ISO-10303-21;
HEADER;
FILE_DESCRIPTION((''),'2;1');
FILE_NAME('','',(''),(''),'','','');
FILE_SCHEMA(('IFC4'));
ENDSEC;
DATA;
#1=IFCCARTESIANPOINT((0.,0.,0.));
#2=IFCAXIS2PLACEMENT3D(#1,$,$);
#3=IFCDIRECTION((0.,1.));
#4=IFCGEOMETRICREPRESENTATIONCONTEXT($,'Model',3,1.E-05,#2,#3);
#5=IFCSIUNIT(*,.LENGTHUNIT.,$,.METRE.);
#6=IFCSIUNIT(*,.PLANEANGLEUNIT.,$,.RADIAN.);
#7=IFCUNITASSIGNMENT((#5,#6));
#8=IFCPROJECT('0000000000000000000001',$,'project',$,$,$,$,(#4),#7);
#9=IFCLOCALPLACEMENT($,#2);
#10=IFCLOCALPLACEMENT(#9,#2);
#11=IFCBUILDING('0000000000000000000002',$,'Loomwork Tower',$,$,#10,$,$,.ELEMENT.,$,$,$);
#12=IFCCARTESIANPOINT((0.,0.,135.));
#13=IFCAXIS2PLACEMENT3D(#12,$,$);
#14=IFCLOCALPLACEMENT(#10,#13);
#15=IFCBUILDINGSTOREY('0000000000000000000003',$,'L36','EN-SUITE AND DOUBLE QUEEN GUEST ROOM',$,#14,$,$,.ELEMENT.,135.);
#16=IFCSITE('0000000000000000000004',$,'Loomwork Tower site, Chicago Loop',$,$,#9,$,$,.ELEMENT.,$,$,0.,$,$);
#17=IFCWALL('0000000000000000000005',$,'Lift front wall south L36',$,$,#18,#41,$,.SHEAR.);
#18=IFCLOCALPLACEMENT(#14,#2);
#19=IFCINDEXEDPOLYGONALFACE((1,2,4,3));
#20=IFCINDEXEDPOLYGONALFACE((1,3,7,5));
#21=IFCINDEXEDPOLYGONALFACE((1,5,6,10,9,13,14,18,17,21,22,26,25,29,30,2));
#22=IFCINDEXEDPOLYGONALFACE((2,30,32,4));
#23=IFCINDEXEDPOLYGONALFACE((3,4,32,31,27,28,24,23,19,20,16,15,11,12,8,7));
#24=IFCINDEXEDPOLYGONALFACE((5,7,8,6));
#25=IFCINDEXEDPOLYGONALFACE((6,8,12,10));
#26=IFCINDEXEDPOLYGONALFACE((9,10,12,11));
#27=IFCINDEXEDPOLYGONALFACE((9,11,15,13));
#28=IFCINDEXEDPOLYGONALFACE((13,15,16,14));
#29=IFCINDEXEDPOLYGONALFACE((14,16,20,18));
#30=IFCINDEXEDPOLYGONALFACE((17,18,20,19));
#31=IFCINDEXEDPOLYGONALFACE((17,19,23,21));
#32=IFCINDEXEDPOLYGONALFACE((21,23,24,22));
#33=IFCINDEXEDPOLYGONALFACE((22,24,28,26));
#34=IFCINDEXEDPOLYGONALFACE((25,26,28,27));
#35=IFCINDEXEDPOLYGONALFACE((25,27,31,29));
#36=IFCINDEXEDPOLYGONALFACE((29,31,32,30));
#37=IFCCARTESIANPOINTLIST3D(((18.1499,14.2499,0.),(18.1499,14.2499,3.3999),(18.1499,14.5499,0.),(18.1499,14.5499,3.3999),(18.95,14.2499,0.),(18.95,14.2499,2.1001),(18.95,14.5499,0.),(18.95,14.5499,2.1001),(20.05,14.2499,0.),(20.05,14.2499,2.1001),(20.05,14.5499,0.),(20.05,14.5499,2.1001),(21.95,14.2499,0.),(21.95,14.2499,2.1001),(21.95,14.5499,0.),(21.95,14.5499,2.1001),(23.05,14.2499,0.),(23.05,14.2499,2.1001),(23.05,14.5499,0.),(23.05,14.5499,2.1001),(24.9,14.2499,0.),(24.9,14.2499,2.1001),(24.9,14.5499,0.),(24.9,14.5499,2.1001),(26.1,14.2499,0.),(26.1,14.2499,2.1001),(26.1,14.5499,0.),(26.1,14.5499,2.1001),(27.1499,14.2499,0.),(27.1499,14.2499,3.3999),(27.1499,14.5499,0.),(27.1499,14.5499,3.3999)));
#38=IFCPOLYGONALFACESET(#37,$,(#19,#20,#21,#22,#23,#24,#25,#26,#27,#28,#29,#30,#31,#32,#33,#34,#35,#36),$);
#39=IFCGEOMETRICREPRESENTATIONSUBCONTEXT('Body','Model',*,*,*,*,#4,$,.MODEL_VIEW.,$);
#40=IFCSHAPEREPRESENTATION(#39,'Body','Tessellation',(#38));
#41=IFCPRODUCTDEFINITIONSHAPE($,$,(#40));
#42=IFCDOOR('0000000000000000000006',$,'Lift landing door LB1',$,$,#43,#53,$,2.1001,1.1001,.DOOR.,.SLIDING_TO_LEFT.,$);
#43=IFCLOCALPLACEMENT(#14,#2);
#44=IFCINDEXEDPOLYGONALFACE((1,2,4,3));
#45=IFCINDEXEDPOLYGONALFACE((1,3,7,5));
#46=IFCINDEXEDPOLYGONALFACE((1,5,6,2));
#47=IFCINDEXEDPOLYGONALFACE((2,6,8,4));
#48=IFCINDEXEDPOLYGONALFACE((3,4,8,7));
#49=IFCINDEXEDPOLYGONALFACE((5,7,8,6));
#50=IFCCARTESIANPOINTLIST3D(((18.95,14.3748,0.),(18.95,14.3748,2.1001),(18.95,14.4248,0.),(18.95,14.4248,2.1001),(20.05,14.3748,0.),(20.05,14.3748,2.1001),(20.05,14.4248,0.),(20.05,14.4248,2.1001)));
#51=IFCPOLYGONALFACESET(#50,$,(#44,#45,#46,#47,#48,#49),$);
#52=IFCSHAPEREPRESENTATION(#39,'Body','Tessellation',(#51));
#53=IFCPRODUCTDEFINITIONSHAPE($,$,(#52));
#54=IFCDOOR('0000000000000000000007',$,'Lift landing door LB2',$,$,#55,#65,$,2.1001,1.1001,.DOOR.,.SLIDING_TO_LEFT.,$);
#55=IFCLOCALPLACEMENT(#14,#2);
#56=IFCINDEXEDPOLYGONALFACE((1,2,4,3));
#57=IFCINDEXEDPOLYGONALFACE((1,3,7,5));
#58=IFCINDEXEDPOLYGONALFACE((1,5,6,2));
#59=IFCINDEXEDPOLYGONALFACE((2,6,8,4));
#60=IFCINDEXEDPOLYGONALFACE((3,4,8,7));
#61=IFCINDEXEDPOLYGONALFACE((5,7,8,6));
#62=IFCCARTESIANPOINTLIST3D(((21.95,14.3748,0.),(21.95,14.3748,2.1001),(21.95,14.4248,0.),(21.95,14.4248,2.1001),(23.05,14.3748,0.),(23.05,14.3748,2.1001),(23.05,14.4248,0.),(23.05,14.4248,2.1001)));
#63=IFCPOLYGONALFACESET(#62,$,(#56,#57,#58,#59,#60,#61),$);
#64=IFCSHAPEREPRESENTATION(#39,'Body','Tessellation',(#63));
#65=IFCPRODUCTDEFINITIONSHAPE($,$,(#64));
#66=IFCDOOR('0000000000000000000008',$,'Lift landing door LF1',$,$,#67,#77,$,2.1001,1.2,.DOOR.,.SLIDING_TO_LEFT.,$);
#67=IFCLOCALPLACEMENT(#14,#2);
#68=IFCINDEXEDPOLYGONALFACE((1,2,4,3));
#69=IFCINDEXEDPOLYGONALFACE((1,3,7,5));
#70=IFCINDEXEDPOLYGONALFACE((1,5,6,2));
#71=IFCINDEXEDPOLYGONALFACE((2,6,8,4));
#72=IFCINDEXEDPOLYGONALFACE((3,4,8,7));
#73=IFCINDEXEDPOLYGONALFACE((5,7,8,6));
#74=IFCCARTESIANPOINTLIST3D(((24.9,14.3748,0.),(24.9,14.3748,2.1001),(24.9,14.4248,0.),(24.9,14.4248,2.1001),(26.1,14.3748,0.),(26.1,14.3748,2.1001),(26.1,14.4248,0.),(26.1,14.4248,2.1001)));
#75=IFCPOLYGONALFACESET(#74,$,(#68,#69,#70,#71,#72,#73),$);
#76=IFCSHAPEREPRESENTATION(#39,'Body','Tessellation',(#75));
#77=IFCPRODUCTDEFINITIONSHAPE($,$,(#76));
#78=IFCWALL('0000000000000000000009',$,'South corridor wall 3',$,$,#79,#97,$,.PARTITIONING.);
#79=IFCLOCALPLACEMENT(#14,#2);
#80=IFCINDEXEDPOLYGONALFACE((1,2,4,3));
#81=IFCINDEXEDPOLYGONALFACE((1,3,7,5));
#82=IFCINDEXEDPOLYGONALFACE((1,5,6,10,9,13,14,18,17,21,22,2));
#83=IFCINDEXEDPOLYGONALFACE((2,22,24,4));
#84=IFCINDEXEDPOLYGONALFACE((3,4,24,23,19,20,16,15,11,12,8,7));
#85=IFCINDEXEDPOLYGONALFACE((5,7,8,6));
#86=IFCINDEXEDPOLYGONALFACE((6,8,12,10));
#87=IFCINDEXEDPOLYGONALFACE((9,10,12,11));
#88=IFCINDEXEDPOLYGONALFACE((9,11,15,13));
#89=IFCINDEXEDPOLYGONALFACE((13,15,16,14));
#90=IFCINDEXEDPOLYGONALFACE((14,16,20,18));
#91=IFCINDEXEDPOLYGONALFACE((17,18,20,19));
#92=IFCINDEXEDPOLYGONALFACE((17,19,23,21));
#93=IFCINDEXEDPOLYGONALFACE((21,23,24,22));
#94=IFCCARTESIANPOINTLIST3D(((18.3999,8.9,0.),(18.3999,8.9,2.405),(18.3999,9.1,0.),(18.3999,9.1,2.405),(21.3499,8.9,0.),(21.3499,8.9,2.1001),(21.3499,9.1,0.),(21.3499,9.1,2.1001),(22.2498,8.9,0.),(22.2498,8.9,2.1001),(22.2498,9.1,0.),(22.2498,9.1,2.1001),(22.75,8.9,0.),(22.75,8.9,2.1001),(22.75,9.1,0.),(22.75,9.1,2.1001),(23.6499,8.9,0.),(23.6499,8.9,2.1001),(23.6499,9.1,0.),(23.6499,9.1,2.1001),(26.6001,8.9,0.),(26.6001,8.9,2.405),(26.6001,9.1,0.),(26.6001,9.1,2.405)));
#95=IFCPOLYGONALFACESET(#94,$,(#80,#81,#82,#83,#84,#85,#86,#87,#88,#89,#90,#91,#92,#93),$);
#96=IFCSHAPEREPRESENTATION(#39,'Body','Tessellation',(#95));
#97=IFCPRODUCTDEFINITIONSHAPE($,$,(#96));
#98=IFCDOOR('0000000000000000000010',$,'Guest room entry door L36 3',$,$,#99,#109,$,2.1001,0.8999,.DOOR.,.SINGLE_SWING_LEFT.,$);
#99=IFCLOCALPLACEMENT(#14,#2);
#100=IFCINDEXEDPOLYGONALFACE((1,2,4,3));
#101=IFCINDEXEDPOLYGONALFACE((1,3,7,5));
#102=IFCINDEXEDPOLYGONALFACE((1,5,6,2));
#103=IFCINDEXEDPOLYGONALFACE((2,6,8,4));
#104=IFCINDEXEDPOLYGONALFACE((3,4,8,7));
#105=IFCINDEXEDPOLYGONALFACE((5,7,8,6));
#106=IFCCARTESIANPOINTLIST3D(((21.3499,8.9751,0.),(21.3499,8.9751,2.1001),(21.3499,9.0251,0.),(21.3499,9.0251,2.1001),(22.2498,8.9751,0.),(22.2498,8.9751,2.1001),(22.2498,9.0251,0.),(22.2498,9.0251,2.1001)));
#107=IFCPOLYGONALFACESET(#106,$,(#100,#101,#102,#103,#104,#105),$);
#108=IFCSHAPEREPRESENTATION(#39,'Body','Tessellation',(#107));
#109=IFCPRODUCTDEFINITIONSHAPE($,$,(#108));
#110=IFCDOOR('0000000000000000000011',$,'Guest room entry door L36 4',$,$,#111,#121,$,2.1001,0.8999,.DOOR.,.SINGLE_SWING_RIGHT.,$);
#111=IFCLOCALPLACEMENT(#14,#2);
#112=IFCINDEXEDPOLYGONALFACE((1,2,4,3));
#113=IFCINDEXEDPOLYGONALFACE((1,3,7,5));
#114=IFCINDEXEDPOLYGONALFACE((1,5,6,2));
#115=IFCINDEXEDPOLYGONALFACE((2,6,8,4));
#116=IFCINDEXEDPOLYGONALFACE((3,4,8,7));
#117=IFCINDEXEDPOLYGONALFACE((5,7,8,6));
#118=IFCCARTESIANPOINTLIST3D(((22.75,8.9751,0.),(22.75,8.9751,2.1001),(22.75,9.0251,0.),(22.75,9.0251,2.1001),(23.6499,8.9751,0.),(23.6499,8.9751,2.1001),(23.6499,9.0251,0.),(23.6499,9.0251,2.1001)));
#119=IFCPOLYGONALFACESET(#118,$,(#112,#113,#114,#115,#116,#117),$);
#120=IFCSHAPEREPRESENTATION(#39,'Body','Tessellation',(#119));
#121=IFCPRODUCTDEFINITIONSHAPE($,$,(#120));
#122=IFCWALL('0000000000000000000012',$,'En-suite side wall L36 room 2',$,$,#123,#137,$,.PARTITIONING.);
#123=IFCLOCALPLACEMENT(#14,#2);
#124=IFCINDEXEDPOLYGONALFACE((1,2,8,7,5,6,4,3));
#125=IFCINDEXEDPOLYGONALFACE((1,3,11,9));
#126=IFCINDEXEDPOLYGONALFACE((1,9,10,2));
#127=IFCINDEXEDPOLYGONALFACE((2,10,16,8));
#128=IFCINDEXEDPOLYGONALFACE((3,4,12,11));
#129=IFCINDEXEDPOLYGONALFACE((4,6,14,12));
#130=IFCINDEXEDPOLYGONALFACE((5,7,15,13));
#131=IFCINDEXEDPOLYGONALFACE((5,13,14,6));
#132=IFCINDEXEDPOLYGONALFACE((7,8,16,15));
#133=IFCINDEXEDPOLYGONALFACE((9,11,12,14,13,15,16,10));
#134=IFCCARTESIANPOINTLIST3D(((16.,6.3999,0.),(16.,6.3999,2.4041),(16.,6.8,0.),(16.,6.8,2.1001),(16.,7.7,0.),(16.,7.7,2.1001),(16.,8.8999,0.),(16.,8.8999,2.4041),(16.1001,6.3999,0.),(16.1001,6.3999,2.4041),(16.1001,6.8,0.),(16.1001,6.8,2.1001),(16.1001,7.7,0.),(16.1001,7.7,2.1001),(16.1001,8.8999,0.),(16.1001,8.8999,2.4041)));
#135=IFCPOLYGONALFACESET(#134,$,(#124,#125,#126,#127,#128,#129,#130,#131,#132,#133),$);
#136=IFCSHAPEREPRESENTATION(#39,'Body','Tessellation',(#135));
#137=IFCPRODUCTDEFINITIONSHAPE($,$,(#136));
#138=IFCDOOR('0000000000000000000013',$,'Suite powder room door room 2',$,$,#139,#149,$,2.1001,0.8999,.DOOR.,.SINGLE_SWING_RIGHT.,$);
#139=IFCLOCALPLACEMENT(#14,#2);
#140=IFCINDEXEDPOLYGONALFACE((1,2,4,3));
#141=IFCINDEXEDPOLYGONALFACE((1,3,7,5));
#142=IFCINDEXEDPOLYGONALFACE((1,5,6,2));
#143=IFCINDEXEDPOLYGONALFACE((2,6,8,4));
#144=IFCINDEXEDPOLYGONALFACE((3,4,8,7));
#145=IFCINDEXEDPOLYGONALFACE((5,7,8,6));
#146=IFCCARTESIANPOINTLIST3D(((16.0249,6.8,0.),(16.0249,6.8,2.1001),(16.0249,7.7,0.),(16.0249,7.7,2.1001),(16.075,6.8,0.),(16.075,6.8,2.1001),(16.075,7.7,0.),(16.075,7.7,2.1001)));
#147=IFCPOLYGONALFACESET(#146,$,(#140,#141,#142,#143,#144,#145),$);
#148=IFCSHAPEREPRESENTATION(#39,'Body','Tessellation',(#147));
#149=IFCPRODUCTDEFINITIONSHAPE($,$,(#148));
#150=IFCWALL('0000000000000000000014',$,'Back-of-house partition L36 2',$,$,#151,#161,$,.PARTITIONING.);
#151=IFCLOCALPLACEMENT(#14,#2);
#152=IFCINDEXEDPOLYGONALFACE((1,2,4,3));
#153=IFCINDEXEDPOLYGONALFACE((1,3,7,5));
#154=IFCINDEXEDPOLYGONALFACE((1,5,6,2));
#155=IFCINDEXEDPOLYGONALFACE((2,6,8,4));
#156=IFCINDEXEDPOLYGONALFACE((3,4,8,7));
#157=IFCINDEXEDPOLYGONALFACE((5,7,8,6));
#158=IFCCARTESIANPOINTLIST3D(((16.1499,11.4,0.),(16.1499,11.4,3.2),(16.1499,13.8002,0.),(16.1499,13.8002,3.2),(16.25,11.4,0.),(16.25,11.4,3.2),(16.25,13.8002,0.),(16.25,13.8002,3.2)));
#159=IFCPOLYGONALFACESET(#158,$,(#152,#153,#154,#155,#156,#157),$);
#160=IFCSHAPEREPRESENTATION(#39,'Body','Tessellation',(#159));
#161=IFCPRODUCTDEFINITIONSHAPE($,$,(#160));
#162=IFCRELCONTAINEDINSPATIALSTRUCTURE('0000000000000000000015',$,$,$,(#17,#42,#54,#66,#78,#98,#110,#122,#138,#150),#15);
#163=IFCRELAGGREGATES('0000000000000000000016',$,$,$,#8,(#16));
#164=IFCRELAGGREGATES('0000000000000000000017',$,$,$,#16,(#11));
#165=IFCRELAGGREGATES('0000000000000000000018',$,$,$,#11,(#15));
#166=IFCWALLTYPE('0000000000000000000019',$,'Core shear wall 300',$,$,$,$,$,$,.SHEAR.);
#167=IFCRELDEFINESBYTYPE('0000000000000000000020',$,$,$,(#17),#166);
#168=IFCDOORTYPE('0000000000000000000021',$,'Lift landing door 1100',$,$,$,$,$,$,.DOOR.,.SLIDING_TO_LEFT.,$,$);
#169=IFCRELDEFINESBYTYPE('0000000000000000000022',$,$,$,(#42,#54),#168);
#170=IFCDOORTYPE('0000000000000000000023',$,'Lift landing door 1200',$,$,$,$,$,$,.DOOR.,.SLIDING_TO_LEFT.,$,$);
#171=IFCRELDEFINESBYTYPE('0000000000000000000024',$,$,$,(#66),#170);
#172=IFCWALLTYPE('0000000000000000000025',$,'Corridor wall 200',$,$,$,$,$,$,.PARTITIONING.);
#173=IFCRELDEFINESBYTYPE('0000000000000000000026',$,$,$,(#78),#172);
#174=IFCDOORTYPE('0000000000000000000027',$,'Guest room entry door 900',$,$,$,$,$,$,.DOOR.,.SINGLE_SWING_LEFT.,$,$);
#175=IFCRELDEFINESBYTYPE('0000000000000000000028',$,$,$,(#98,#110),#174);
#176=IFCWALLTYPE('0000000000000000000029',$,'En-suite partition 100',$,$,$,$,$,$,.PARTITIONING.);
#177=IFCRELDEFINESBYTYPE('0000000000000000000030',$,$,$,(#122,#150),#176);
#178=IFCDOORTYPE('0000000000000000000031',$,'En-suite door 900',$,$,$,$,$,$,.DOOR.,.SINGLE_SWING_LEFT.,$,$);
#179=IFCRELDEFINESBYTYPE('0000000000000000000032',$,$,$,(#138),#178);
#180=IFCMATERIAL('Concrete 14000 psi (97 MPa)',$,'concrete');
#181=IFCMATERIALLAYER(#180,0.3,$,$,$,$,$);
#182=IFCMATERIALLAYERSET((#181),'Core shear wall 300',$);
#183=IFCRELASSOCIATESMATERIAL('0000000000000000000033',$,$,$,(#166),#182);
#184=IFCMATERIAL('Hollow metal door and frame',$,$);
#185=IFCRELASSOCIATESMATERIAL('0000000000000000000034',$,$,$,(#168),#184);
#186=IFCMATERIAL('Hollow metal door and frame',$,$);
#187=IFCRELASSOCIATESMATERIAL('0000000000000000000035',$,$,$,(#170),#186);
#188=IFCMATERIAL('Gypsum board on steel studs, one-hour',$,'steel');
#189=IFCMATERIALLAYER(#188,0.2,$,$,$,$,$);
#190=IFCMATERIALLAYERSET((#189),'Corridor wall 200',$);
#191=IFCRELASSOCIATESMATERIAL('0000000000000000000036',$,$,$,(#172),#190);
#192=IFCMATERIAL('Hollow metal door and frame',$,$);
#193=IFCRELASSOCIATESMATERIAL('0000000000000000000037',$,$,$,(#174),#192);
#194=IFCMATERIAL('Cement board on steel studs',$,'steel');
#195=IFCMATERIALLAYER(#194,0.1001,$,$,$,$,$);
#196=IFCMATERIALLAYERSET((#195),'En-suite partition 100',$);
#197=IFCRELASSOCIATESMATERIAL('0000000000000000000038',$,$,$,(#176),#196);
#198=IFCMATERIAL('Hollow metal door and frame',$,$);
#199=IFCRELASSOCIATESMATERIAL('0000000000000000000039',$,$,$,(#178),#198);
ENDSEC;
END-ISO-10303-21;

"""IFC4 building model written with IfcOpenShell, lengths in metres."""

from ifc_helpers import new_model, si_unit, direction, frame, frame_2d, origin, place, context, subcontext, project, spatial, rectangle, extrude, material, layer, layer_set, type_object, element, fill, save


model = new_model("IFC4")

# Units and contexts
model_context = context("Model", 3, precision=1e-05, world=origin(), true_north=direction((0.0, 1.0)))
body_context = subcontext(model_context, "Body", "Model", "MODEL_VIEW")
ifc_project = project(units=[si_unit("LENGTHUNIT", "METRE"), si_unit("PLANEANGLEUNIT", "RADIAN")], contexts=[model_context])

# Site, building, storey
site_placement = place(None, origin())
site = spatial("IfcSite", under=ifc_project, at=site_placement, Name="Loomwork Tower site, Chicago Loop", CompositionType="ELEMENT", RefElevation=0.0)
building_placement = place(site_placement, origin())
building = spatial("IfcBuilding", under=site, at=building_placement, Name="Loomwork Tower", CompositionType="ELEMENT")
storey_placement = place(building_placement, frame((0.0, 0.0, 135.0)))
storey = spatial("IfcBuildingStorey", under=building, at=storey_placement, Name="L36", Description="EN-SUITE AND DOUBLE QUEEN GUEST ROOM", CompositionType="ELEMENT", Elevation=135.0)

# Walls, openings, doors
ifc_material_1 = material(Name="Concrete 14000 psi (97 MPa)", Category="concrete")
ifc_layer_1 = layer(ifc_material_1, 0.3)
ifc_layer_set_1 = layer_set([ifc_layer_1], Name="Core shear wall 300")
wall_type_1 = type_object("IfcWallType", Name="Core shear wall 300", PredefinedType="SHEAR", material=ifc_layer_set_1)
wall_1_placement = place(storey_placement, frame((18.1499, 14.3999, 0.0), z_axis=(0.0, 0.0, 1.0), x_axis=(1.0, 0.0, 0.0)))
wall_1 = element("IfcWall", 1, at=wall_1_placement, inside=storey, type_object=wall_type_1, Name="Lift front wall south L36", PredefinedType="SHEAR", context=body_context, shape_type="SweptSolid", body=[
    extrude(rectangle(XDim=9.0, YDim=0.3, at=frame_2d((4.5, 0.0))), origin(), (0.0, 0.0, 1.0), 3.3999),
])
opening_1_placement = place(wall_1_placement, frame((0.8, 0.0, 0.0)))
opening_1 = element("IfcOpeningElement", 2, at=opening_1_placement, cuts=wall_1, PredefinedType="OPENING", context=body_context, shape_type="SweptSolid", body=[
    extrude(rectangle(XDim=1.1001, YDim=2.1001, at=frame_2d((0.55, 1.05))), frame((0.0, 0.1599, 0.0), z_axis=(0.0, -1.0, 0.0), x_axis=(1.0, 0.0, 0.0)), (0.0, 0.0, 1.0), 0.3201),
])
opening_2_placement = place(wall_1_placement, frame((3.8, 0.0, 0.0)))
opening_2 = element("IfcOpeningElement", 3, at=opening_2_placement, cuts=wall_1, PredefinedType="OPENING", context=body_context, shape_type="SweptSolid", body=[
    extrude(rectangle(XDim=1.1001, YDim=2.1001, at=frame_2d((0.55, 1.05))), frame((0.0, 0.1599, 0.0), z_axis=(0.0, -1.0, 0.0), x_axis=(1.0, 0.0, 0.0)), (0.0, 0.0, 1.0), 0.3201),
])
opening_3_placement = place(wall_1_placement, frame((6.75, 0.0, 0.0)))
opening_3 = element("IfcOpeningElement", 4, at=opening_3_placement, cuts=wall_1, PredefinedType="OPENING", context=body_context, shape_type="SweptSolid", body=[
    extrude(rectangle(XDim=1.2, YDim=2.1001, at=frame_2d((0.6001, 1.05))), frame((0.0, 0.1599, 0.0), z_axis=(0.0, -1.0, 0.0), x_axis=(1.0, 0.0, 0.0)), (0.0, 0.0, 1.0), 0.3201),
])
ifc_material_2 = material(Name="Hollow metal door and frame")
door_type_1 = type_object("IfcDoorType", Name="Lift landing door 1100", OperationType="SLIDING_TO_LEFT", PredefinedType="DOOR", material=ifc_material_2)
door_1_placement = place(opening_1_placement, origin())
door_1 = element("IfcDoor", 5, at=door_1_placement, inside=storey, type_object=door_type_1, Name="Lift landing door LB1", OperationType="SLIDING_TO_LEFT", OverallHeight=2.1001, OverallWidth=1.1001, PredefinedType="DOOR", context=body_context, shape_type="SweptSolid", body=[
    extrude(rectangle(XDim=1.1001, YDim=2.1001, at=frame_2d((0.55, 1.05))), frame((0.0, 0.0249, 0.0), z_axis=(0.0, -1.0, 0.0), x_axis=(1.0, 0.0, 0.0)), (0.0, 0.0, 1.0), 0.05),
])
fill(opening_1, door_1)
door_2_placement = place(opening_2_placement, origin())
door_2 = element("IfcDoor", 6, at=door_2_placement, inside=storey, type_object=door_type_1, Name="Lift landing door LB2", OperationType="SLIDING_TO_LEFT", OverallHeight=2.1001, OverallWidth=1.1001, PredefinedType="DOOR", context=body_context, shape_type="SweptSolid", body=[
    extrude(rectangle(XDim=1.1001, YDim=2.1001, at=frame_2d((0.55, 1.05))), frame((0.0, 0.0249, 0.0), z_axis=(0.0, -1.0, 0.0), x_axis=(1.0, 0.0, 0.0)), (0.0, 0.0, 1.0), 0.05),
])
fill(opening_2, door_2)
ifc_material_3 = material(Name="Hollow metal door and frame")
door_type_2 = type_object("IfcDoorType", Name="Lift landing door 1200", OperationType="SLIDING_TO_LEFT", PredefinedType="DOOR", material=ifc_material_3)
door_3_placement = place(opening_3_placement, origin())
door_3 = element("IfcDoor", 7, at=door_3_placement, inside=storey, type_object=door_type_2, Name="Lift landing door LF1", OperationType="SLIDING_TO_LEFT", OverallHeight=2.1001, OverallWidth=1.2, PredefinedType="DOOR", context=body_context, shape_type="SweptSolid", body=[
    extrude(rectangle(XDim=1.2, YDim=2.1001, at=frame_2d((0.6001, 1.05))), frame((0.0, 0.0249, 0.0), z_axis=(0.0, -1.0, 0.0), x_axis=(1.0, 0.0, 0.0)), (0.0, 0.0, 1.0), 0.05),
])
fill(opening_3, door_3)
ifc_material_4 = material(Name="Gypsum board on steel studs, one-hour", Category="steel")
ifc_layer_2 = layer(ifc_material_4, 0.2)
ifc_layer_set_2 = layer_set([ifc_layer_2], Name="Corridor wall 200")
wall_type_2 = type_object("IfcWallType", Name="Corridor wall 200", PredefinedType="PARTITIONING", material=ifc_layer_set_2)
wall_2_placement = place(storey_placement, frame((18.3999, 9.0, 0.0), z_axis=(0.0, 0.0, 1.0), x_axis=(1.0, 0.0, 0.0)))
wall_2 = element("IfcWall", 8, at=wall_2_placement, inside=storey, type_object=wall_type_2, Name="South corridor wall 3", PredefinedType="PARTITIONING", context=body_context, shape_type="SweptSolid", body=[
    extrude(rectangle(XDim=8.2002, YDim=0.2, at=frame_2d((4.1001, 0.0))), origin(), (0.0, 0.0, 1.0), 2.405),
])
opening_4_placement = place(wall_2_placement, frame((2.95, 0.0, 0.0)))
opening_4 = element("IfcOpeningElement", 9, at=opening_4_placement, cuts=wall_2, PredefinedType="OPENING", context=body_context, shape_type="SweptSolid", body=[
    extrude(rectangle(XDim=0.8999, YDim=2.1001, at=frame_2d((0.45, 1.05))), frame((0.0, 0.1099, 0.0), z_axis=(0.0, -1.0, 0.0), x_axis=(1.0, 0.0, 0.0)), (0.0, 0.0, 1.0), 0.22),
])
opening_5_placement = place(wall_2_placement, frame((4.3501, 0.0, 0.0)))
opening_5 = element("IfcOpeningElement", 10, at=opening_5_placement, cuts=wall_2, PredefinedType="OPENING", context=body_context, shape_type="SweptSolid", body=[
    extrude(rectangle(XDim=0.8999, YDim=2.1001, at=frame_2d((0.45, 1.05))), frame((0.0, 0.1099, 0.0), z_axis=(0.0, -1.0, 0.0), x_axis=(1.0, 0.0, 0.0)), (0.0, 0.0, 1.0), 0.22),
])
ifc_material_5 = material(Name="Hollow metal door and frame")
door_type_3 = type_object("IfcDoorType", Name="Guest room entry door 900", OperationType="SINGLE_SWING_LEFT", PredefinedType="DOOR", material=ifc_material_5)
door_4_placement = place(opening_4_placement, frame((0.8999, 0.0, 0.0), z_axis=(0.0, 0.0, 1.0), x_axis=(-1.0, 0.0, 0.0)))
door_4 = element("IfcDoor", 11, at=door_4_placement, inside=storey, type_object=door_type_3, Name="Guest room entry door L36 3", OperationType="SINGLE_SWING_LEFT", OverallHeight=2.1001, OverallWidth=0.8999, PredefinedType="DOOR", context=body_context, shape_type="SweptSolid", body=[
    extrude(rectangle(XDim=0.8999, YDim=2.1001, at=frame_2d((0.45, 1.05))), frame((0.0, 0.0249, 0.0), z_axis=(0.0, -1.0, 0.0), x_axis=(1.0, 0.0, 0.0)), (0.0, 0.0, 1.0), 0.05),
])
fill(opening_4, door_4)
door_5_placement = place(opening_5_placement, frame((0.8999, 0.0, 0.0), z_axis=(0.0, 0.0, 1.0), x_axis=(-1.0, 0.0, 0.0)))
door_5 = element("IfcDoor", 12, at=door_5_placement, inside=storey, type_object=door_type_3, Name="Guest room entry door L36 4", OperationType="SINGLE_SWING_RIGHT", OverallHeight=2.1001, OverallWidth=0.8999, PredefinedType="DOOR", context=body_context, shape_type="SweptSolid", body=[
    extrude(rectangle(XDim=0.8999, YDim=2.1001, at=frame_2d((0.45, 1.05))), frame((0.0, 0.0249, 0.0), z_axis=(0.0, -1.0, 0.0), x_axis=(1.0, 0.0, 0.0)), (0.0, 0.0, 1.0), 0.05),
])
fill(opening_5, door_5)

# Wall, opening, door
ifc_material_6 = material(Name="Cement board on steel studs", Category="steel")
ifc_layer_3 = layer(ifc_material_6, 0.1001)
ifc_layer_set_3 = layer_set([ifc_layer_3], Name="En-suite partition 100")
wall_type_3 = type_object("IfcWallType", Name="En-suite partition 100", PredefinedType="PARTITIONING", material=ifc_layer_set_3)
wall_3_placement = place(storey_placement, frame((16.05, 8.8999, 0.0), z_axis=(0.0, 0.0, 1.0), x_axis=(0.0, -1.0, 0.0)))
wall_3 = element("IfcWall", 13, at=wall_3_placement, inside=storey, type_object=wall_type_3, Name="En-suite side wall L36 room 2", PredefinedType="PARTITIONING", context=body_context, shape_type="SweptSolid", body=[
    extrude(rectangle(XDim=2.5, YDim=0.1001, at=frame_2d((1.25, 0.0))), origin(), (0.0, 0.0, 1.0), 2.4041),
])
opening_6_placement = place(wall_3_placement, frame((1.2, 0.0, 0.0)))
opening_6 = element("IfcOpeningElement", 14, at=opening_6_placement, cuts=wall_3, PredefinedType="OPENING", context=body_context, shape_type="SweptSolid", body=[
    extrude(rectangle(XDim=0.8999, YDim=2.1001, at=frame_2d((0.45, 1.05))), frame((0.0, 0.0601, 0.0), z_axis=(0.0, -1.0, 0.0), x_axis=(1.0, 0.0, 0.0)), (0.0, 0.0, 1.0), 0.1201),
])
ifc_material_7 = material(Name="Hollow metal door and frame")
door_type_4 = type_object("IfcDoorType", Name="En-suite door 900", OperationType="SINGLE_SWING_LEFT", PredefinedType="DOOR", material=ifc_material_7)
door_6_placement = place(opening_6_placement, origin())
door_6 = element("IfcDoor", 15, at=door_6_placement, inside=storey, type_object=door_type_4, Name="Suite powder room door room 2", OperationType="SINGLE_SWING_RIGHT", OverallHeight=2.1001, OverallWidth=0.8999, PredefinedType="DOOR", context=body_context, shape_type="SweptSolid", body=[
    extrude(rectangle(XDim=0.8999, YDim=2.1001, at=frame_2d((0.45, 1.05))), frame((0.0, 0.0249, 0.0), z_axis=(0.0, -1.0, 0.0), x_axis=(1.0, 0.0, 0.0)), (0.0, 0.0, 1.0), 0.05),
])
fill(opening_6, door_6)

# Wall
wall_4_placement = place(storey_placement, frame((16.2, 11.3999, 0.0), z_axis=(0.0, 0.0, 1.0), x_axis=(0.0, 1.0, 0.0)))
element("IfcWall", 16, at=wall_4_placement, inside=storey, type_object=wall_type_3, Name="Back-of-house partition L36 2", PredefinedType="PARTITIONING", context=body_context, shape_type="SweptSolid", body=[
    extrude(rectangle(XDim=2.4001, YDim=0.1001, at=frame_2d((1.2002, 0.0))), origin(), (0.0, 0.0, 1.0), 3.2),
])

save(model, "model.ifc")
